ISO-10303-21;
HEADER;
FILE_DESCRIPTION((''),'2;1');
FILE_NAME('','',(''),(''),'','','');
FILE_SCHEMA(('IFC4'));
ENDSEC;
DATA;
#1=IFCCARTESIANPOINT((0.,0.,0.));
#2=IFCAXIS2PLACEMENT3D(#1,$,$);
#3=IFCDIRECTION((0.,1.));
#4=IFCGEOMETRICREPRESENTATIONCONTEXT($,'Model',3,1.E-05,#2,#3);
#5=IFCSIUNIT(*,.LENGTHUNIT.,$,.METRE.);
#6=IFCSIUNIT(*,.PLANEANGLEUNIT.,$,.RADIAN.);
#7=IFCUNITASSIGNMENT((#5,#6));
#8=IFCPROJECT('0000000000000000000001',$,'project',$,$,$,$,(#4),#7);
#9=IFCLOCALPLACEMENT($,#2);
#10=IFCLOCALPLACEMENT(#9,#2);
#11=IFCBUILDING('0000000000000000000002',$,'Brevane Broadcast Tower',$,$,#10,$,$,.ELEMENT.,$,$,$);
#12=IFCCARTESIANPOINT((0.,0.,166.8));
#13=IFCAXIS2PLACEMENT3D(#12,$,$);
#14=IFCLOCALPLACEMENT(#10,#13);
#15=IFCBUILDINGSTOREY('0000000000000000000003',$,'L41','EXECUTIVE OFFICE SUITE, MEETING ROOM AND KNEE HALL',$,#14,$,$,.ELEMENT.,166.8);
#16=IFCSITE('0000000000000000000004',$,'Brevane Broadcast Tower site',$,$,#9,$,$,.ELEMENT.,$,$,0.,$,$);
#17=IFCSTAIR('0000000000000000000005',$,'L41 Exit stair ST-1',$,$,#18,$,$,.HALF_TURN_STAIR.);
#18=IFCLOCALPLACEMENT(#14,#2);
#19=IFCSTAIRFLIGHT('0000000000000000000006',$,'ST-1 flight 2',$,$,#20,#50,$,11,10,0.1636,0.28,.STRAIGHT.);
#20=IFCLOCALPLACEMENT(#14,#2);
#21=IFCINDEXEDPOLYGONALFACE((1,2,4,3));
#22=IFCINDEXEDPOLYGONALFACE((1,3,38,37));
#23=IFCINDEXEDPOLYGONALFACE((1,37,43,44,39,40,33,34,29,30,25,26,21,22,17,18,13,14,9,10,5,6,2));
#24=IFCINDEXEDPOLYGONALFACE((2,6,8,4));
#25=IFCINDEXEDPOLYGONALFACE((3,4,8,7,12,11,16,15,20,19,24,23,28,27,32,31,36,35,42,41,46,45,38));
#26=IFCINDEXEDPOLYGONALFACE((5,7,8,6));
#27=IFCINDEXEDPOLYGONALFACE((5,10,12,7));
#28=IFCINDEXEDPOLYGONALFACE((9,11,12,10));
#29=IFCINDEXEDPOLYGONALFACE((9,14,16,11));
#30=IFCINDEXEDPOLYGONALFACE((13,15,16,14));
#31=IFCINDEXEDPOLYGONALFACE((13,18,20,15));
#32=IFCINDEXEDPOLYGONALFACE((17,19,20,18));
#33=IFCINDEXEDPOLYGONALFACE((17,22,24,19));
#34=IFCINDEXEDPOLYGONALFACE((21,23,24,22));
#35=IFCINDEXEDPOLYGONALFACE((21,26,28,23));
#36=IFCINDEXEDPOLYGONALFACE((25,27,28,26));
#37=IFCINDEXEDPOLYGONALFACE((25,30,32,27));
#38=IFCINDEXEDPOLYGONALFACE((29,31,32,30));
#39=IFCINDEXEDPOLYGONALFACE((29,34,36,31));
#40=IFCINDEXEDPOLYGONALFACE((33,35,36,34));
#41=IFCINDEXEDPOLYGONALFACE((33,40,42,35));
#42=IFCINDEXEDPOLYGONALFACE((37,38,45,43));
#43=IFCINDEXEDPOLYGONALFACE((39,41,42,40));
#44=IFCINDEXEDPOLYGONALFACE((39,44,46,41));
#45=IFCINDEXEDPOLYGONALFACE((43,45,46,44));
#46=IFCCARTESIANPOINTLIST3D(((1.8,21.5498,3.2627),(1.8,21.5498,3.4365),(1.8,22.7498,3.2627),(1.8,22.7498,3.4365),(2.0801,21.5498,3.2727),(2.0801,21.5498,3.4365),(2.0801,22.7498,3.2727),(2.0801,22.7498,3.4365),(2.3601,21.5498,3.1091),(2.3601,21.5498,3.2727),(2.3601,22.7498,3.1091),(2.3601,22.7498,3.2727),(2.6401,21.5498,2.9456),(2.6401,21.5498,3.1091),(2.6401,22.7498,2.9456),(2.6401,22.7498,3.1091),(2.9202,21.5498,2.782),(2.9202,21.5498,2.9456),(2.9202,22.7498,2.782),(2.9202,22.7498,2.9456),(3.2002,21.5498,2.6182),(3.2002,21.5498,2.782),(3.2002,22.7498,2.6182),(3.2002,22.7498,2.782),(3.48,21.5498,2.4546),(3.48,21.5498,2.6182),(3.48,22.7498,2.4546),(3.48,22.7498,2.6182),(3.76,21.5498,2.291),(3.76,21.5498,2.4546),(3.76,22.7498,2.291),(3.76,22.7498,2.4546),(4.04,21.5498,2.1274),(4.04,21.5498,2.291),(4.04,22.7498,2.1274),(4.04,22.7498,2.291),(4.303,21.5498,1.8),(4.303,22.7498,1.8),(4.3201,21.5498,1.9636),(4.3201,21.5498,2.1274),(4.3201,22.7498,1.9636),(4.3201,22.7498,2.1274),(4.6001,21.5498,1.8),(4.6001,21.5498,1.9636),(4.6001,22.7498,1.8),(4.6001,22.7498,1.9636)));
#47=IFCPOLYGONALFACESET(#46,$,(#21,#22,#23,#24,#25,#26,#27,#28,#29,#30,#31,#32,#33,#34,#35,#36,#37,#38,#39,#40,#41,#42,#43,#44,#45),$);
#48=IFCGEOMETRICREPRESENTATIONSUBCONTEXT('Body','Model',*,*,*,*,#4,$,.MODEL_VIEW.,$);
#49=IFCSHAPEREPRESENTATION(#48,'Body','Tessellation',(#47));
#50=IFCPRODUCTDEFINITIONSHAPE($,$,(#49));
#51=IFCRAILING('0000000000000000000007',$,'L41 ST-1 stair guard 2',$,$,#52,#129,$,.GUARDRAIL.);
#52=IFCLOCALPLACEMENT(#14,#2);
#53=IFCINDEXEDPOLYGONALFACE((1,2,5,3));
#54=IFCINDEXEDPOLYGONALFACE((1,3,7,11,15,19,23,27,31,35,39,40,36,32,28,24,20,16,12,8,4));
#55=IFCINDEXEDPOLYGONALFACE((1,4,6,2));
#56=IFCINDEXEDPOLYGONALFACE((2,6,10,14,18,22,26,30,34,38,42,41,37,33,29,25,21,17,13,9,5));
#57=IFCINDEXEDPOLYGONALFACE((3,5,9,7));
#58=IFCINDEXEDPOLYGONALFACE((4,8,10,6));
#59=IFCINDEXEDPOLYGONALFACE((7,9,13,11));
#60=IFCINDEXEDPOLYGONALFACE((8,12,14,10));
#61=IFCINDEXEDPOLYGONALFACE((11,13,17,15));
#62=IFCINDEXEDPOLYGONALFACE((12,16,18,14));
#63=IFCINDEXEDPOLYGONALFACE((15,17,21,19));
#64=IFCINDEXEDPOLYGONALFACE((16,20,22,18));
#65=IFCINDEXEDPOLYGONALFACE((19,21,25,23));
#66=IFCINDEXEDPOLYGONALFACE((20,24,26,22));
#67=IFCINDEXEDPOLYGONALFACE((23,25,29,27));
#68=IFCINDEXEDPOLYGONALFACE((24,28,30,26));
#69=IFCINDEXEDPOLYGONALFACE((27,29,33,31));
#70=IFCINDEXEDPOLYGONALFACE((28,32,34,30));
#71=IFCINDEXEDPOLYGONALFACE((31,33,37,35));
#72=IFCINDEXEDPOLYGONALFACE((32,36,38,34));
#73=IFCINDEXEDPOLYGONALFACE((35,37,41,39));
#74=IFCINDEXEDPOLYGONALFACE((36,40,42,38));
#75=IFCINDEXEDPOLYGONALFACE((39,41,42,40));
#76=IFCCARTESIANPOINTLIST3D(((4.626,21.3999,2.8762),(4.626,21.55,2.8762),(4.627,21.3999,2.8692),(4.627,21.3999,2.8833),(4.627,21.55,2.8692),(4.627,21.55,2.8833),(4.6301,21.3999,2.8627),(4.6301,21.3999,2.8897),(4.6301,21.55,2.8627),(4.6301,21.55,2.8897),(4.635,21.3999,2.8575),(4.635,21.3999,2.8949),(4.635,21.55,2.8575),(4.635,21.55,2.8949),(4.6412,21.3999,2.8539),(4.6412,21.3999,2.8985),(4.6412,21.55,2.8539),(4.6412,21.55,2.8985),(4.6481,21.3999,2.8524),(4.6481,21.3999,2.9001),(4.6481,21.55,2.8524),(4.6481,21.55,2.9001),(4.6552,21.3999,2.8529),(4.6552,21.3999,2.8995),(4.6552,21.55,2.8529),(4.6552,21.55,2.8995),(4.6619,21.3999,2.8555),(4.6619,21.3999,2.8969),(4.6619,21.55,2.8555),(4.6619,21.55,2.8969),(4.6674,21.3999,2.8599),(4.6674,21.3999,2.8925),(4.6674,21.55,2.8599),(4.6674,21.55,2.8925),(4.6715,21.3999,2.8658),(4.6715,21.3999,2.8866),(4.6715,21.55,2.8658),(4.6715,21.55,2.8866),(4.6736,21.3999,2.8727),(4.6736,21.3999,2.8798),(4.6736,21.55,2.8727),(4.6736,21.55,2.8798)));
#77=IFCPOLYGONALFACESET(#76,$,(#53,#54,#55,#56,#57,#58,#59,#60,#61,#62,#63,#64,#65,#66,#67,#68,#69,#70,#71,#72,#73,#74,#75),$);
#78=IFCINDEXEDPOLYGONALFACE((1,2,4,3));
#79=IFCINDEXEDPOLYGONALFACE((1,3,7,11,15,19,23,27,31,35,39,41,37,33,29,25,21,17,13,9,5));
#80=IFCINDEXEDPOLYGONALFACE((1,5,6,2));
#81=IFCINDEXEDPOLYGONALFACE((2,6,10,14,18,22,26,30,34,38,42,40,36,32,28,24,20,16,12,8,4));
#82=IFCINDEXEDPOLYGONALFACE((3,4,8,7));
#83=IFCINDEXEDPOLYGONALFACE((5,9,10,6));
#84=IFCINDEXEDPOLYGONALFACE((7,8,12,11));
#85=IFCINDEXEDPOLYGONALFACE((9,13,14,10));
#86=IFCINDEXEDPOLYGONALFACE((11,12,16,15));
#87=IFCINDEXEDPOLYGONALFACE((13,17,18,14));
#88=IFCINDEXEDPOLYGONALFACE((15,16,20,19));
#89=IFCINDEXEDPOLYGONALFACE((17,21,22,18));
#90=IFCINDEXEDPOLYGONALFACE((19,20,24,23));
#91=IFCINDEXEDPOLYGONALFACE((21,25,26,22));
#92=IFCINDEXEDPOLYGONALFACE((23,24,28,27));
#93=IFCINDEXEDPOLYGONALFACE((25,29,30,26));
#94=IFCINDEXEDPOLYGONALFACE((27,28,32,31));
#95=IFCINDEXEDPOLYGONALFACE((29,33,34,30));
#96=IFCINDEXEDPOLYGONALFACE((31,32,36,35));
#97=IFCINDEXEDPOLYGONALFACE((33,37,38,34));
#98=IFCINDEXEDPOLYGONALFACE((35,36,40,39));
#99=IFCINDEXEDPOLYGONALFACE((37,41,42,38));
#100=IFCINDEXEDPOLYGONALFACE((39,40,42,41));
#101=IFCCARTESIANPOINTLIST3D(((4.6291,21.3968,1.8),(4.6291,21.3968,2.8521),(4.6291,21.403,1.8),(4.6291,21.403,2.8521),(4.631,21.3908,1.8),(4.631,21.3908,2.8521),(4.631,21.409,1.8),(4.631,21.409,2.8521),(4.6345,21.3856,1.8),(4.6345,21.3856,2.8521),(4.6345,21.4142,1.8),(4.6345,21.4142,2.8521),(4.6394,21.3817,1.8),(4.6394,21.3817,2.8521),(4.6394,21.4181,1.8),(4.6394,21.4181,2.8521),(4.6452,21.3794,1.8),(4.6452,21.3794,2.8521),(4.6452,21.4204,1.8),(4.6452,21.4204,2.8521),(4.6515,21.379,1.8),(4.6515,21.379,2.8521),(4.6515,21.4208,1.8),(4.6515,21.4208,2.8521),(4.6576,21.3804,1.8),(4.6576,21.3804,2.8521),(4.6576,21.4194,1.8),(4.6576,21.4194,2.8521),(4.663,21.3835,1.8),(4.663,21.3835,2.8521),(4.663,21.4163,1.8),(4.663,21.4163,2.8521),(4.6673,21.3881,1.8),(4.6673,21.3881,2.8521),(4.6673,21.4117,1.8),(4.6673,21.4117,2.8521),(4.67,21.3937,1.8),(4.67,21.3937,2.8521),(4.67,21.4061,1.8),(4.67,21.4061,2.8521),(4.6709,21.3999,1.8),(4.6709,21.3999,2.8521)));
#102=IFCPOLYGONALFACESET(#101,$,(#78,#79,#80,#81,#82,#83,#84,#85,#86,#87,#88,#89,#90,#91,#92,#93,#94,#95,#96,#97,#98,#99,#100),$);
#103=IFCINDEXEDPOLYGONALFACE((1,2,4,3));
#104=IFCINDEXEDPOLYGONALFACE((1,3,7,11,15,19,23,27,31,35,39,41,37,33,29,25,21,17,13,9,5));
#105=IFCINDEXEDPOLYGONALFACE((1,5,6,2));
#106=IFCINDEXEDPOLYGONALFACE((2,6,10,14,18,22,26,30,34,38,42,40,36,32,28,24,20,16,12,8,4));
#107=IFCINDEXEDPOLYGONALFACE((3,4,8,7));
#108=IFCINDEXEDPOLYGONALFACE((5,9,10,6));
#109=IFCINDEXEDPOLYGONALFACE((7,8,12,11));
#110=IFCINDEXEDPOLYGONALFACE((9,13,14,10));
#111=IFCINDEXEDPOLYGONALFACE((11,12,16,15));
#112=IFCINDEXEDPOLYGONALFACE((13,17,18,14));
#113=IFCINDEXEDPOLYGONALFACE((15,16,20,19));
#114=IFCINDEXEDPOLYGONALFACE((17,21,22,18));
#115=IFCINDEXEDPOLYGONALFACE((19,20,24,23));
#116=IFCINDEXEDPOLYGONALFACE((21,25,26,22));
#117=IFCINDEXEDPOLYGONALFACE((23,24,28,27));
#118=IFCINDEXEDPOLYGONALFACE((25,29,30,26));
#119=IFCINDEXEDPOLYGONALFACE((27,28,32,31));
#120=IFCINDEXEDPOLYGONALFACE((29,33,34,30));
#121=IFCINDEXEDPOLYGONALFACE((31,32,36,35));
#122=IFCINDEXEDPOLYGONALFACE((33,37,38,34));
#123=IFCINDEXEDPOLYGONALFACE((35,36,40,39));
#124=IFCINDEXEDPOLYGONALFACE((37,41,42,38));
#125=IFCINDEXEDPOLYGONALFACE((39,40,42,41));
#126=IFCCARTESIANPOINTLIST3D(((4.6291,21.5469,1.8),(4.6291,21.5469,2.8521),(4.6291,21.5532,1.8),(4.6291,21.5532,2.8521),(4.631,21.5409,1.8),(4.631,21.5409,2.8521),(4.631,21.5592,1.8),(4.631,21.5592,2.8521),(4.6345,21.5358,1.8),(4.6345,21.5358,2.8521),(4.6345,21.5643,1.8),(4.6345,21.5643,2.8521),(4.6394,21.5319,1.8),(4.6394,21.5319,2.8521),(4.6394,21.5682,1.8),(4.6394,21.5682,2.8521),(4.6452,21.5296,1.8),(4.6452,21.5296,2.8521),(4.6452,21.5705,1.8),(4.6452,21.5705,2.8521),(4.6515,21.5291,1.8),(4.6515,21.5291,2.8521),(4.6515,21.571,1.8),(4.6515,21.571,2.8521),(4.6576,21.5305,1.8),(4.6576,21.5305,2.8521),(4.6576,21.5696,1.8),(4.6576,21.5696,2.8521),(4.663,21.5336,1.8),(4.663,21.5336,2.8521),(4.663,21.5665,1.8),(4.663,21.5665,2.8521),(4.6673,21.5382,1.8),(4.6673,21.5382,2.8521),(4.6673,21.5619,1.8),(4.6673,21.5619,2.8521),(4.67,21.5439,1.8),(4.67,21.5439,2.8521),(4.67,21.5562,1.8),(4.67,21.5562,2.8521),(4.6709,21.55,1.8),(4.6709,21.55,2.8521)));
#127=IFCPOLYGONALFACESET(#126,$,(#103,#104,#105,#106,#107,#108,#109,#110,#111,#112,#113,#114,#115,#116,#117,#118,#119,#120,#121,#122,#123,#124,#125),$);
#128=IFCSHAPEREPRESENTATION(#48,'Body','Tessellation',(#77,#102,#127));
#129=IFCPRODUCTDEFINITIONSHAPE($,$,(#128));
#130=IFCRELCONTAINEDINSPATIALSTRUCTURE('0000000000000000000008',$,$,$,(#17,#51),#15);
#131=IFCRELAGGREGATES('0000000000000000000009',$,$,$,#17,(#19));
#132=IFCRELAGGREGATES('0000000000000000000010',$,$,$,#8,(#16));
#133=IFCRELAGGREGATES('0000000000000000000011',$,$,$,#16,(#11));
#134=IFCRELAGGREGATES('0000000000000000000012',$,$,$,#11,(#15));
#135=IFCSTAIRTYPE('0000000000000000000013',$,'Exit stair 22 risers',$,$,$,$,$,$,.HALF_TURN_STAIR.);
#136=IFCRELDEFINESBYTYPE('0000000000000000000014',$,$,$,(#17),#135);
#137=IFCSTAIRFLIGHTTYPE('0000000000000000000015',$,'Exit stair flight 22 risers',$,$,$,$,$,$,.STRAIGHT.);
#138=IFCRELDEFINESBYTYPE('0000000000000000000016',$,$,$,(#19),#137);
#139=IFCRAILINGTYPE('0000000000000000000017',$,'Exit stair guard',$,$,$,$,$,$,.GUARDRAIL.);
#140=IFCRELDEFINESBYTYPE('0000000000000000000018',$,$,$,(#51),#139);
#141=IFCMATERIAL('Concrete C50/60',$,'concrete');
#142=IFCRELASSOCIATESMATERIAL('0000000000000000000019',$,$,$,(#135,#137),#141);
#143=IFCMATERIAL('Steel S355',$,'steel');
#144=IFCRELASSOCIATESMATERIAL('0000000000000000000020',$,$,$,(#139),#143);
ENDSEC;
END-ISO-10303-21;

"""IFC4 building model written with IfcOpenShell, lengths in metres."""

from ifc_helpers import new_model, si_unit, direction, frame, origin, origin_2d, place, context, subcontext, project, spatial, polyline, circle, outline, extrude, material, type_object, element, aggregate, save


model = new_model("IFC4")

# Units and contexts
model_context = context("Model", 3, precision=1e-05, world=origin(), true_north=direction((0.0, 1.0)))
body_context = subcontext(model_context, "Body", "Model", "MODEL_VIEW")
ifc_project = project(units=[si_unit("LENGTHUNIT", "METRE"), si_unit("PLANEANGLEUNIT", "RADIAN")], contexts=[model_context])

# Site, building, storey
site_placement = place(None, origin())
site = spatial("IfcSite", under=ifc_project, at=site_placement, Name="Brevane Broadcast Tower site", CompositionType="ELEMENT", RefElevation=0.0)
building_placement = place(site_placement, origin())
building = spatial("IfcBuilding", under=site, at=building_placement, Name="Brevane Broadcast Tower", CompositionType="ELEMENT")
storey_placement = place(building_placement, frame((0.0, 0.0, 166.8)))
storey = spatial("IfcBuildingStorey", under=building, at=storey_placement, Name="L41", Description="EXECUTIVE OFFICE SUITE, MEETING ROOM AND KNEE HALL", CompositionType="ELEMENT", Elevation=166.8)

# Stair, stair flight
ifc_material_1 = material(Name="Concrete C50/60", Category="concrete")
stair_type = type_object("IfcStairType", Name="Exit stair 22 risers", PredefinedType="HALF_TURN_STAIR", material=ifc_material_1)
stair_placement = place(storey_placement, origin())
stair = element("IfcStair", 1, at=stair_placement, inside=storey, type_object=stair_type, Name="L41 Exit stair ST-1", PredefinedType="HALF_TURN_STAIR")
stair_flight_type = type_object("IfcStairFlightType", Name="Exit stair flight 22 risers", PredefinedType="STRAIGHT", material=ifc_material_1)
stair_flight_placement = place(storey_placement, frame((4.6001, 22.1499, 1.8), z_axis=(0.0, 0.0, 1.0), x_axis=(-1.0, 0.0, 0.0)))
stair_flight = element("IfcStairFlight", 2, at=stair_flight_placement, type_object=stair_flight_type, Name="ST-1 flight 2", NumberOfRisers=11, NumberOfTreads=10, PredefinedType="STRAIGHT", RiserHeight=0.1636, TreadLength=0.28, context=body_context, shape_type="SweptSolid", body=[
    extrude(outline(polyline([(0.0, 0.0), (0.0, 0.1636), (0.28, 0.1636), (0.28, 0.3274), (0.5601, 0.3274), (0.5601, 0.491), (0.8401, 0.491), (0.8401, 0.6545), (1.1201, 0.6545), (1.1201, 0.8181), (1.3999, 0.8181), (1.3999, 0.9819), (1.6799, 0.9819), (1.6799, 1.1455), (1.96, 1.1455), (1.96, 1.3091), (2.24, 1.3091), (2.24, 1.4727), (2.52, 1.4727), (2.52, 1.6365), (2.8, 1.6365), (2.8, 1.8), (2.8, 1.4626), (0.2971, 0.0), (0.0, 0.0)])), frame((0.0, 0.6001, 0.0), z_axis=(0.0, -1.0, 0.0), x_axis=(1.0, 0.0, 0.0)), (0.0, 0.0, 1.0), 1.2),
])
aggregate(stair, [stair_flight])

# Railing
ifc_material_2 = material(Name="Steel S355", Category="steel")
railing_type_1 = type_object("IfcRailingType", Name="Exit stair guard", PredefinedType="GUARDRAIL", material=ifc_material_2)
railing_1_placement = place(storey_placement, frame((4.6499, 21.3999, 1.8)))
element("IfcRailing", 3, at=railing_1_placement, inside=storey, type_object=railing_type_1, Name="L41 ST-1 stair guard 2", PredefinedType="GUARDRAIL", context=body_context, shape_type="SweptSolid", body=[
    extrude(circle(Radius=0.0239, at=origin_2d()), frame((0.0, 0.0, 1.0762), z_axis=(0.0, 1.0, 0.0), x_axis=(-1.0, 0.0, 0.0)), (0.0, 0.0, 1.0), 0.1501),
    extrude(circle(Radius=0.021, at=origin_2d()), origin(), (0.0, 0.0, 1.0), 1.052),
    extrude(circle(Radius=0.021, at=origin_2d()), frame((0.0, 0.1501, 0.0)), (0.0, 0.0, 1.0), 1.052),
])

save(model, "model.ifc")
